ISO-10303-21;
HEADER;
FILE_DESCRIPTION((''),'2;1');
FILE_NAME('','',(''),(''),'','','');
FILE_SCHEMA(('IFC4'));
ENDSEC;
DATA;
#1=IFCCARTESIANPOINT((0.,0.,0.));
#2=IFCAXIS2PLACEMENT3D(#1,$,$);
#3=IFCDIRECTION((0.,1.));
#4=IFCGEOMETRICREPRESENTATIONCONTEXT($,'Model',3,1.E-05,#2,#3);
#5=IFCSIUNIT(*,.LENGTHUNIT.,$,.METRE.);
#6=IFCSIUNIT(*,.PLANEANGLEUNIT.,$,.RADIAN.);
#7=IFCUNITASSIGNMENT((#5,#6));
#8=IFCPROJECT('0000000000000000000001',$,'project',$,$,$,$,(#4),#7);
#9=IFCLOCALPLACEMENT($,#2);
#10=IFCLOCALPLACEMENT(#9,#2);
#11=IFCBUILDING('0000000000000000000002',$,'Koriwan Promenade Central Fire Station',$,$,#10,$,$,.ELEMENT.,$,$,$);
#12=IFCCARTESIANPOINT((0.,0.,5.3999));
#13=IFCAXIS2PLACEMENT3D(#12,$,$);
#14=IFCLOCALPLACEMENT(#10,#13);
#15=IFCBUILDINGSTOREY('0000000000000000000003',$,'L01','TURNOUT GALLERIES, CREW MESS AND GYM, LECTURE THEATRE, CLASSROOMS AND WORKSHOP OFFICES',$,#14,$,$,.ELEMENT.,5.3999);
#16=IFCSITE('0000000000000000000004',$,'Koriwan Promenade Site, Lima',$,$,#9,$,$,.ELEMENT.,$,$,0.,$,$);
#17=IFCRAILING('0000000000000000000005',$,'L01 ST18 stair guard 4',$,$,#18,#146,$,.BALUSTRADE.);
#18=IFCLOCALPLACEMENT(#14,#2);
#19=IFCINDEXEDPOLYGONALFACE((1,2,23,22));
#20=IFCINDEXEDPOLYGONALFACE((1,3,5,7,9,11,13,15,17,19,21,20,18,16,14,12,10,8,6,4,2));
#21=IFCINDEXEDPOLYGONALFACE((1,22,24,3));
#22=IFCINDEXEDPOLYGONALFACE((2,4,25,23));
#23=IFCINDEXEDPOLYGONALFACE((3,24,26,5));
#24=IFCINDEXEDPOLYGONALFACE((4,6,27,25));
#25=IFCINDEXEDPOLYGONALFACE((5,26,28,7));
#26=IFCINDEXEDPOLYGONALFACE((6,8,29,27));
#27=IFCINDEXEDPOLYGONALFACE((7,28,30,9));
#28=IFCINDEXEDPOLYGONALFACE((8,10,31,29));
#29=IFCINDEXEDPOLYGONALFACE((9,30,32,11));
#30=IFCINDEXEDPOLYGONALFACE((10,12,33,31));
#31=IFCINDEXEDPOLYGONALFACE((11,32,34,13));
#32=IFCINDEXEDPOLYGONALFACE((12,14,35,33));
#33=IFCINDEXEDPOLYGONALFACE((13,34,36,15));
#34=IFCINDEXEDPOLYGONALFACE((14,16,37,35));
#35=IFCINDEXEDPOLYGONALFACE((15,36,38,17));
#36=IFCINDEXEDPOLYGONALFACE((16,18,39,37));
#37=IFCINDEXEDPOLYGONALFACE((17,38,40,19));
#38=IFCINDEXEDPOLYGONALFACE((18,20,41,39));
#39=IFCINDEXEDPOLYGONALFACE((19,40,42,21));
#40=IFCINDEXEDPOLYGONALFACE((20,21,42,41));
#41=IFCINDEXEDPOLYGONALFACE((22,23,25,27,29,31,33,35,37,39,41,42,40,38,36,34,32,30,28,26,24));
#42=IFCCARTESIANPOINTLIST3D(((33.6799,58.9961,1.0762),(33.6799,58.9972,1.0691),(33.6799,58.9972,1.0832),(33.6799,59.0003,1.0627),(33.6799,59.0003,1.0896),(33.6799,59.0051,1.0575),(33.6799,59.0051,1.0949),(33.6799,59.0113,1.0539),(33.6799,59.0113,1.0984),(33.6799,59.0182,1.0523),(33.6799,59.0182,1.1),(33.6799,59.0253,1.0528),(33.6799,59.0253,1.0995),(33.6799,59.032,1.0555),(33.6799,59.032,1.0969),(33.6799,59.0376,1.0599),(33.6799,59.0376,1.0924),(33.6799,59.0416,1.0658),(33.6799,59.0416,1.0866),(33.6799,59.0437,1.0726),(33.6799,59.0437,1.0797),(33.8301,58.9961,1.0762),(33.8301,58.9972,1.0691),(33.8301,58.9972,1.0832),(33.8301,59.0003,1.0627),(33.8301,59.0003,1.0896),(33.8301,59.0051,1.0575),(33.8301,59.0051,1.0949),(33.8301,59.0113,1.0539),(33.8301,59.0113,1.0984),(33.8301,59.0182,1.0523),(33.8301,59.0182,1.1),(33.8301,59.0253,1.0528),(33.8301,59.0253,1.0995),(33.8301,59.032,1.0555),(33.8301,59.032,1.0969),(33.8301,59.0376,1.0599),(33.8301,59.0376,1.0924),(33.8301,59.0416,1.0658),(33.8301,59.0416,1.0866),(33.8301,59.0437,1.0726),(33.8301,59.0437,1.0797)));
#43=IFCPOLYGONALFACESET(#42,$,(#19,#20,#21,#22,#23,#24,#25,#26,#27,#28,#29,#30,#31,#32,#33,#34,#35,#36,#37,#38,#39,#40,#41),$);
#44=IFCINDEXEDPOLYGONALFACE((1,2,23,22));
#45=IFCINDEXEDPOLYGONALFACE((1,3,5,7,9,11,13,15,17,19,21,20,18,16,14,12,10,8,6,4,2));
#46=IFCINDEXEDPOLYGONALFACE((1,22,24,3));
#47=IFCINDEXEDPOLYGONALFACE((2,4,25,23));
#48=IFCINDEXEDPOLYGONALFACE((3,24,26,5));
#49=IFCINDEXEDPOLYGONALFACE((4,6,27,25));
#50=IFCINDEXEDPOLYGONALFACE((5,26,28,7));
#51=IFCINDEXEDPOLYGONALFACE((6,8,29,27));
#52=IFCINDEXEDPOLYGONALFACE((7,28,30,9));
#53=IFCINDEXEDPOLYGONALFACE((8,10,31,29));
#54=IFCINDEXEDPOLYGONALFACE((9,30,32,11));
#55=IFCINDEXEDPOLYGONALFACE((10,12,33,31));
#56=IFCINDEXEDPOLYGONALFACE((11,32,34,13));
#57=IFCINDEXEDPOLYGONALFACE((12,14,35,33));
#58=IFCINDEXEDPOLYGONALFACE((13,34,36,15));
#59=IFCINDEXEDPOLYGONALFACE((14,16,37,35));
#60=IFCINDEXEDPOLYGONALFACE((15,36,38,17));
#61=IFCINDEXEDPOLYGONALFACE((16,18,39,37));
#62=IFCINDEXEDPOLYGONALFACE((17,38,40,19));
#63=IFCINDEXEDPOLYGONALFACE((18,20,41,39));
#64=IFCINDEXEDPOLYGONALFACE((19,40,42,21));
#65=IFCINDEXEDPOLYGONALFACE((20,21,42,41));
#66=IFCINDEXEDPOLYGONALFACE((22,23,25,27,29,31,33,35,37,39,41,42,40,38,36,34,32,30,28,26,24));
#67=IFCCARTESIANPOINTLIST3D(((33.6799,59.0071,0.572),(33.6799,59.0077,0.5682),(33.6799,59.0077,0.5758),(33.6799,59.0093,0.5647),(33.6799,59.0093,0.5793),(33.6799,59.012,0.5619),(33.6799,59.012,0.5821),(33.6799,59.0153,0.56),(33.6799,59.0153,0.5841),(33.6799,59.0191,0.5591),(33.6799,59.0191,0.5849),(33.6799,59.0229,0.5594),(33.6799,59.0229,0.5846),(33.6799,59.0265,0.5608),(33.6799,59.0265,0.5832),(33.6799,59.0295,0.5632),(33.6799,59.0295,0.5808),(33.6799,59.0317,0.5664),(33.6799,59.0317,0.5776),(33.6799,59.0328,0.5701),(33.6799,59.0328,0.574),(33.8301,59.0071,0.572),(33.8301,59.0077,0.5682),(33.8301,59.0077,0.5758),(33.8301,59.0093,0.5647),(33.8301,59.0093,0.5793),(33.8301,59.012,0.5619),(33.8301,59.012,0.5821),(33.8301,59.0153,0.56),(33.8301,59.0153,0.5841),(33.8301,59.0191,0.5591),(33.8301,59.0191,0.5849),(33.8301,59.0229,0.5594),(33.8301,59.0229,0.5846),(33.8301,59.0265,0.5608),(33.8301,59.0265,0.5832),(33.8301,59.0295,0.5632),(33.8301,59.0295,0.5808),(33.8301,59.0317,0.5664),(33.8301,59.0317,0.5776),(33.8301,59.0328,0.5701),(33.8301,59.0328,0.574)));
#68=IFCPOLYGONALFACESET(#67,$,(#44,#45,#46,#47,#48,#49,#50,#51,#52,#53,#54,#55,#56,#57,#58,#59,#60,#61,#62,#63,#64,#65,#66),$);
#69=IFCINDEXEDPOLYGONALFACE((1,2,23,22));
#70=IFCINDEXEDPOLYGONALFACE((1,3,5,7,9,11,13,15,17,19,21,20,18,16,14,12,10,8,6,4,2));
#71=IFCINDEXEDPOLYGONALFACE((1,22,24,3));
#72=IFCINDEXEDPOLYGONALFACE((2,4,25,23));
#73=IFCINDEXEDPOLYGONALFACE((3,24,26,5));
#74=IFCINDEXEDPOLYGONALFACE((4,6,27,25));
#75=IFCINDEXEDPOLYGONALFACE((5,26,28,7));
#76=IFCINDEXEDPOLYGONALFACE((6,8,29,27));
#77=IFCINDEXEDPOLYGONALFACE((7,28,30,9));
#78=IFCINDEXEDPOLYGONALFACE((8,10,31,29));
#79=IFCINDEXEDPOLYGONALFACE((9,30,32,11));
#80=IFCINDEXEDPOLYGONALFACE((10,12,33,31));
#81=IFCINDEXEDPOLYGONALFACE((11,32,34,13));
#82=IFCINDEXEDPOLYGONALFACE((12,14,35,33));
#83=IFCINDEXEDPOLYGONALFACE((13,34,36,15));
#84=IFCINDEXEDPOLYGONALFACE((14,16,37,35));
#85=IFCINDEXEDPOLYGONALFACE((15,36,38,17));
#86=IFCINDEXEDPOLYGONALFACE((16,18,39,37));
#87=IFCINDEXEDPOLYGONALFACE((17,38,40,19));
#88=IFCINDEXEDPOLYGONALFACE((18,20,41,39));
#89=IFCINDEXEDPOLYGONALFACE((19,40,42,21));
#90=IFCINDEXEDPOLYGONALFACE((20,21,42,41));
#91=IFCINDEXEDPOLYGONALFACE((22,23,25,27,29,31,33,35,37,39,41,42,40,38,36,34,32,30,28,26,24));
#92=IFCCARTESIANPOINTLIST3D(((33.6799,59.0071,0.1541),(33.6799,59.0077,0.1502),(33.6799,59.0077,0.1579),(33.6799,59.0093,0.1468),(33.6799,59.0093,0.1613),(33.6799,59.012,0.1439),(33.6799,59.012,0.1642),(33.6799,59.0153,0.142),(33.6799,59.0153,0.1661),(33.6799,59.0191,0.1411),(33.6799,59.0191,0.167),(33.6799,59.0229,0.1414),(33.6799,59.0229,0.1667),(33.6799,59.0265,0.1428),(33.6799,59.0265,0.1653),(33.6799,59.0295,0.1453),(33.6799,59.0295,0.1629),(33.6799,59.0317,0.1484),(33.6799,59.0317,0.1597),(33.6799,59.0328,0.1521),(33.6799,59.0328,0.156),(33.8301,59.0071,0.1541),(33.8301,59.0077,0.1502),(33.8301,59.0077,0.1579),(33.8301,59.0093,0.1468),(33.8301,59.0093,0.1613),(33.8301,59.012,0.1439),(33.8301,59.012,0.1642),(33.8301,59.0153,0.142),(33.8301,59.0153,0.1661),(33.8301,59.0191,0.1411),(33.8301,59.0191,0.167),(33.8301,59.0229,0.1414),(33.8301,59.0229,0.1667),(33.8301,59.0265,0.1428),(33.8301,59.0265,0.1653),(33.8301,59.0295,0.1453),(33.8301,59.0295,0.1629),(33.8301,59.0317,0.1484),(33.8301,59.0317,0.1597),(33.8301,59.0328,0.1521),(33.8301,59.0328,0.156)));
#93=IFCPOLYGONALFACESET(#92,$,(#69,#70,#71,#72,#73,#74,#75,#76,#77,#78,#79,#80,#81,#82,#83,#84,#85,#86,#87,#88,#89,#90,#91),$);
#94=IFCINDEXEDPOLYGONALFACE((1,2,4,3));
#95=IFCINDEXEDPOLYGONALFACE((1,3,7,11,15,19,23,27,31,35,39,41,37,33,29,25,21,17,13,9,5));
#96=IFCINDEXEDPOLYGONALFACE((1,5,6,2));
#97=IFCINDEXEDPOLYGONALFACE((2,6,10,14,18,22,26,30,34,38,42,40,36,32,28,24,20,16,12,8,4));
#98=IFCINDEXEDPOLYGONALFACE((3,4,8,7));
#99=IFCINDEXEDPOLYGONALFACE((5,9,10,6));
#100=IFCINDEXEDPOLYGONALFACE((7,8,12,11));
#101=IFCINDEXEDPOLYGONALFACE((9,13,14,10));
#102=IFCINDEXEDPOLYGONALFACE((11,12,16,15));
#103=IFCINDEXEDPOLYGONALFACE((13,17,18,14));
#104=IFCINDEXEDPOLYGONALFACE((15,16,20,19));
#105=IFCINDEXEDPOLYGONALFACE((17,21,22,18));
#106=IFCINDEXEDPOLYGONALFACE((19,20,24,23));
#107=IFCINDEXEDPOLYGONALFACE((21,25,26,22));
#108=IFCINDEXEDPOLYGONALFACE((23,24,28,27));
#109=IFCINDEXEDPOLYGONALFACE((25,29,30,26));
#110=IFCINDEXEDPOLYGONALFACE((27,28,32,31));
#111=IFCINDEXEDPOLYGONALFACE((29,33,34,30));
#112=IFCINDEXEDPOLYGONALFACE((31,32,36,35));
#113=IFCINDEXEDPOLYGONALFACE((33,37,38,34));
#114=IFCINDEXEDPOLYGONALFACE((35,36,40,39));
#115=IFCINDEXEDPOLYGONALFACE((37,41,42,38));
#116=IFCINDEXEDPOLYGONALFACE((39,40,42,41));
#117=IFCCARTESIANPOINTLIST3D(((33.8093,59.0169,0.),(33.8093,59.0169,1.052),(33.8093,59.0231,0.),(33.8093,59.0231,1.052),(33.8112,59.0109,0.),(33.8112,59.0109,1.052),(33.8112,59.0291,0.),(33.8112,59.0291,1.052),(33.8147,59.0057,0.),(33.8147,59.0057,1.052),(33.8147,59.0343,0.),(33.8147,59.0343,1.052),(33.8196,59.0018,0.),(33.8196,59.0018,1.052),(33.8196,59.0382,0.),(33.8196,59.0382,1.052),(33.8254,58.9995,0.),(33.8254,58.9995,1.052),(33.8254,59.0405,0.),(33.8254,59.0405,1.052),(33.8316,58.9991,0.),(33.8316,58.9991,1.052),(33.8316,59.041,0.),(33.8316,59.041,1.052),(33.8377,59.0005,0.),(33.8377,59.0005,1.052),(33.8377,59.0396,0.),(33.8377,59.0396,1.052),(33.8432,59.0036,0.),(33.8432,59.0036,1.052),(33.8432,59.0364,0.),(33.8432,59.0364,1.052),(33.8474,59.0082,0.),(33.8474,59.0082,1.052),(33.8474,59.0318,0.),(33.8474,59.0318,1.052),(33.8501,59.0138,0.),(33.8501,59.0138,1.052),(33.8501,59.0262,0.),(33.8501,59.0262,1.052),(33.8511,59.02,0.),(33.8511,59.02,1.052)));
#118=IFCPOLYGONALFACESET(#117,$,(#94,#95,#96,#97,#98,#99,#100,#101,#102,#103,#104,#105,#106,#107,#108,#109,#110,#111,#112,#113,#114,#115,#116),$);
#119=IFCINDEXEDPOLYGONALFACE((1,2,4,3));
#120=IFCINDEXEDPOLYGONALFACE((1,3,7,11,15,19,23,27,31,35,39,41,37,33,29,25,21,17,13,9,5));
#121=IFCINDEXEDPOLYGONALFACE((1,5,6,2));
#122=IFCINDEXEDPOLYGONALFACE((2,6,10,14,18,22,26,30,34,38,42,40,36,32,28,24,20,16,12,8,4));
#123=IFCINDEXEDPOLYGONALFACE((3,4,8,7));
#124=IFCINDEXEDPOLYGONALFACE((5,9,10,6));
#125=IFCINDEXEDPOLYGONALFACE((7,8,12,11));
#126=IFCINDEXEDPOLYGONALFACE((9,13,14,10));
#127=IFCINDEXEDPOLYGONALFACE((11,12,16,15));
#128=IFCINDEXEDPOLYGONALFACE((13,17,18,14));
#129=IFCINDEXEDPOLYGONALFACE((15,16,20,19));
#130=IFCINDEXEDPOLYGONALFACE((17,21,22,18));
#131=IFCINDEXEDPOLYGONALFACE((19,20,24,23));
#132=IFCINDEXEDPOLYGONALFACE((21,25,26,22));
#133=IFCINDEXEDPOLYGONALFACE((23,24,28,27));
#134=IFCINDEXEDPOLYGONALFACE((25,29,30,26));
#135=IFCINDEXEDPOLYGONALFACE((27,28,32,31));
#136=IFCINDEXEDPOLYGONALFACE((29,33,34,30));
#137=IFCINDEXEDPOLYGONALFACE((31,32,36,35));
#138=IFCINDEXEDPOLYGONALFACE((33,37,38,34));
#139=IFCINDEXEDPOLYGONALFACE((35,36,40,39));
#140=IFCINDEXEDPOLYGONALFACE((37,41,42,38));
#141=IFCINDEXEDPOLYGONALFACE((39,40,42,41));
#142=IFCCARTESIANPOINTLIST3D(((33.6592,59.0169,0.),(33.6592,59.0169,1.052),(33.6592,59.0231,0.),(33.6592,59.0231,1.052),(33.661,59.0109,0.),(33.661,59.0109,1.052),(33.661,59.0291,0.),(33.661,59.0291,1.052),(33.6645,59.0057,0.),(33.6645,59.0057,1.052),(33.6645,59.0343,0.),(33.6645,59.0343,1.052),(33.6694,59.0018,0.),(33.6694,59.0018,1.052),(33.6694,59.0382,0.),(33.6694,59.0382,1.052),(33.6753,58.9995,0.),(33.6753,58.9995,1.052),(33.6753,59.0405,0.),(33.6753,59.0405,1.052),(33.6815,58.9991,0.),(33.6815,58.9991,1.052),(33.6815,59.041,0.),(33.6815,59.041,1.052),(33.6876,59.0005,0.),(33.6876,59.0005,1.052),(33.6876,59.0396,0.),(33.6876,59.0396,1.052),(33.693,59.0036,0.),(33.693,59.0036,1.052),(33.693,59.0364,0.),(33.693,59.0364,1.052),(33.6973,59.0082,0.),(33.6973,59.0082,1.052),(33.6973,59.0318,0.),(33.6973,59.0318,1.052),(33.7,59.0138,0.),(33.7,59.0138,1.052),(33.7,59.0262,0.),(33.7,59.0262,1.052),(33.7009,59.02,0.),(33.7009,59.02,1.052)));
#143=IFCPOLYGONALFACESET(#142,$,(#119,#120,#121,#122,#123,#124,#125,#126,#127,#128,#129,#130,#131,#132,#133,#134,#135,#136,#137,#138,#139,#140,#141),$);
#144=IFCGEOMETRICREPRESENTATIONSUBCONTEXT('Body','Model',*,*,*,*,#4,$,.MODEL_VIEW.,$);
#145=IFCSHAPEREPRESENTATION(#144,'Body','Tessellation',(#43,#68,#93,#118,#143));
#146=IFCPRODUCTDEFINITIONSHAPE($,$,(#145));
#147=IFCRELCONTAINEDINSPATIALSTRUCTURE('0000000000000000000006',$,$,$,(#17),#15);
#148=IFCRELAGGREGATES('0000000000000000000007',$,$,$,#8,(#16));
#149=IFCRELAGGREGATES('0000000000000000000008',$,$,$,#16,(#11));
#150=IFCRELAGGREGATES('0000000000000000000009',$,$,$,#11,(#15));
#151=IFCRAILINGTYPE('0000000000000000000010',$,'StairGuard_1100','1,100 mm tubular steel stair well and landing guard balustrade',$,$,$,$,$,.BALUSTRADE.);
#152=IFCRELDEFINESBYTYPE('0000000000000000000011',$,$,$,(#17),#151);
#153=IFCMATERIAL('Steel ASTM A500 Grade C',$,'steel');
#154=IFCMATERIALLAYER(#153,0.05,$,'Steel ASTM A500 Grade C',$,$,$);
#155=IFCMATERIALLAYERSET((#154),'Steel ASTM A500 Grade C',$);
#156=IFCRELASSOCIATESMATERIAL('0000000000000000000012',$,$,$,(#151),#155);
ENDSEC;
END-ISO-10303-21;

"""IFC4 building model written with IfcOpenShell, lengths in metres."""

from ifc_helpers import new_model, si_unit, direction, frame, origin, origin_2d, place, context, subcontext, project, spatial, circle, extrude, material, layer, layer_set, type_object, element, save


model = new_model("IFC4")

# Units and contexts
model_context = context("Model", 3, precision=1e-05, world=origin(), true_north=direction((0.0, 1.0)))
body_context = subcontext(model_context, "Body", "Model", "MODEL_VIEW")
ifc_project = project(units=[si_unit("LENGTHUNIT", "METRE"), si_unit("PLANEANGLEUNIT", "RADIAN")], contexts=[model_context])

# Site, building, storey
site_placement = place(None, origin())
site = spatial("IfcSite", under=ifc_project, at=site_placement, Name="Koriwan Promenade Site, Lima", CompositionType="ELEMENT", RefElevation=0.0)
building_placement = place(site_placement, origin())
building = spatial("IfcBuilding", under=site, at=building_placement, Name="Koriwan Promenade Central Fire Station", CompositionType="ELEMENT")
storey_placement = place(building_placement, frame((0.0, 0.0, 5.3999)))
storey = spatial("IfcBuildingStorey", under=building, at=storey_placement, Name="L01", Description="TURNOUT GALLERIES, CREW MESS AND GYM, LECTURE THEATRE, CLASSROOMS AND WORKSHOP OFFICES", CompositionType="ELEMENT", Elevation=5.3999)

# Railing
ifc_material_1 = material(Name="Steel ASTM A500 Grade C", Category="steel")
ifc_layer_1 = layer(ifc_material_1, 0.05, Name="Steel ASTM A500 Grade C")
ifc_layer_set_1 = layer_set([ifc_layer_1], Name="Steel ASTM A500 Grade C")
railing_type_1 = type_object("IfcRailingType", Name="StairGuard_1100", Description="1,100 mm tubular steel stair well and landing guard balustrade", PredefinedType="BALUSTRADE", material=ifc_layer_set_1)
for number, where, name in (
    (1, (33.8301, 59.02, 0.0), "L01 ST18 stair guard 4"),
):
    element("IfcRailing", number, at=place(storey_placement, frame(where)), inside=storey, type_object=railing_type_1, Name=name, PredefinedType="BALUSTRADE", context=body_context, shape_type="SweptSolid", body=[
        extrude(circle(Radius=0.0239, at=origin_2d()), frame((0.0, 0.0, 1.0762), z_axis=(-1.0, 0.0, 0.0), x_axis=(0.0, -1.0, 0.0)), (0.0, 0.0, 1.0), 0.1501),
        extrude(circle(Radius=0.0129, at=origin_2d()), frame((0.0, 0.0, 0.572), z_axis=(-1.0, 0.0, 0.0), x_axis=(0.0, -1.0, 0.0)), (0.0, 0.0, 1.0), 0.1501),
        extrude(circle(Radius=0.0129, at=origin_2d()), frame((0.0, 0.0, 0.1541), z_axis=(-1.0, 0.0, 0.0), x_axis=(0.0, -1.0, 0.0)), (0.0, 0.0, 1.0), 0.1501),
        extrude(circle(Radius=0.021, at=origin_2d()), origin(), (0.0, 0.0, 1.0), 1.052),
        extrude(circle(Radius=0.021, at=origin_2d()), frame((-0.1501, 0.0, 0.0)), (0.0, 0.0, 1.0), 1.052),
    ])

save(model, "model.ifc")
